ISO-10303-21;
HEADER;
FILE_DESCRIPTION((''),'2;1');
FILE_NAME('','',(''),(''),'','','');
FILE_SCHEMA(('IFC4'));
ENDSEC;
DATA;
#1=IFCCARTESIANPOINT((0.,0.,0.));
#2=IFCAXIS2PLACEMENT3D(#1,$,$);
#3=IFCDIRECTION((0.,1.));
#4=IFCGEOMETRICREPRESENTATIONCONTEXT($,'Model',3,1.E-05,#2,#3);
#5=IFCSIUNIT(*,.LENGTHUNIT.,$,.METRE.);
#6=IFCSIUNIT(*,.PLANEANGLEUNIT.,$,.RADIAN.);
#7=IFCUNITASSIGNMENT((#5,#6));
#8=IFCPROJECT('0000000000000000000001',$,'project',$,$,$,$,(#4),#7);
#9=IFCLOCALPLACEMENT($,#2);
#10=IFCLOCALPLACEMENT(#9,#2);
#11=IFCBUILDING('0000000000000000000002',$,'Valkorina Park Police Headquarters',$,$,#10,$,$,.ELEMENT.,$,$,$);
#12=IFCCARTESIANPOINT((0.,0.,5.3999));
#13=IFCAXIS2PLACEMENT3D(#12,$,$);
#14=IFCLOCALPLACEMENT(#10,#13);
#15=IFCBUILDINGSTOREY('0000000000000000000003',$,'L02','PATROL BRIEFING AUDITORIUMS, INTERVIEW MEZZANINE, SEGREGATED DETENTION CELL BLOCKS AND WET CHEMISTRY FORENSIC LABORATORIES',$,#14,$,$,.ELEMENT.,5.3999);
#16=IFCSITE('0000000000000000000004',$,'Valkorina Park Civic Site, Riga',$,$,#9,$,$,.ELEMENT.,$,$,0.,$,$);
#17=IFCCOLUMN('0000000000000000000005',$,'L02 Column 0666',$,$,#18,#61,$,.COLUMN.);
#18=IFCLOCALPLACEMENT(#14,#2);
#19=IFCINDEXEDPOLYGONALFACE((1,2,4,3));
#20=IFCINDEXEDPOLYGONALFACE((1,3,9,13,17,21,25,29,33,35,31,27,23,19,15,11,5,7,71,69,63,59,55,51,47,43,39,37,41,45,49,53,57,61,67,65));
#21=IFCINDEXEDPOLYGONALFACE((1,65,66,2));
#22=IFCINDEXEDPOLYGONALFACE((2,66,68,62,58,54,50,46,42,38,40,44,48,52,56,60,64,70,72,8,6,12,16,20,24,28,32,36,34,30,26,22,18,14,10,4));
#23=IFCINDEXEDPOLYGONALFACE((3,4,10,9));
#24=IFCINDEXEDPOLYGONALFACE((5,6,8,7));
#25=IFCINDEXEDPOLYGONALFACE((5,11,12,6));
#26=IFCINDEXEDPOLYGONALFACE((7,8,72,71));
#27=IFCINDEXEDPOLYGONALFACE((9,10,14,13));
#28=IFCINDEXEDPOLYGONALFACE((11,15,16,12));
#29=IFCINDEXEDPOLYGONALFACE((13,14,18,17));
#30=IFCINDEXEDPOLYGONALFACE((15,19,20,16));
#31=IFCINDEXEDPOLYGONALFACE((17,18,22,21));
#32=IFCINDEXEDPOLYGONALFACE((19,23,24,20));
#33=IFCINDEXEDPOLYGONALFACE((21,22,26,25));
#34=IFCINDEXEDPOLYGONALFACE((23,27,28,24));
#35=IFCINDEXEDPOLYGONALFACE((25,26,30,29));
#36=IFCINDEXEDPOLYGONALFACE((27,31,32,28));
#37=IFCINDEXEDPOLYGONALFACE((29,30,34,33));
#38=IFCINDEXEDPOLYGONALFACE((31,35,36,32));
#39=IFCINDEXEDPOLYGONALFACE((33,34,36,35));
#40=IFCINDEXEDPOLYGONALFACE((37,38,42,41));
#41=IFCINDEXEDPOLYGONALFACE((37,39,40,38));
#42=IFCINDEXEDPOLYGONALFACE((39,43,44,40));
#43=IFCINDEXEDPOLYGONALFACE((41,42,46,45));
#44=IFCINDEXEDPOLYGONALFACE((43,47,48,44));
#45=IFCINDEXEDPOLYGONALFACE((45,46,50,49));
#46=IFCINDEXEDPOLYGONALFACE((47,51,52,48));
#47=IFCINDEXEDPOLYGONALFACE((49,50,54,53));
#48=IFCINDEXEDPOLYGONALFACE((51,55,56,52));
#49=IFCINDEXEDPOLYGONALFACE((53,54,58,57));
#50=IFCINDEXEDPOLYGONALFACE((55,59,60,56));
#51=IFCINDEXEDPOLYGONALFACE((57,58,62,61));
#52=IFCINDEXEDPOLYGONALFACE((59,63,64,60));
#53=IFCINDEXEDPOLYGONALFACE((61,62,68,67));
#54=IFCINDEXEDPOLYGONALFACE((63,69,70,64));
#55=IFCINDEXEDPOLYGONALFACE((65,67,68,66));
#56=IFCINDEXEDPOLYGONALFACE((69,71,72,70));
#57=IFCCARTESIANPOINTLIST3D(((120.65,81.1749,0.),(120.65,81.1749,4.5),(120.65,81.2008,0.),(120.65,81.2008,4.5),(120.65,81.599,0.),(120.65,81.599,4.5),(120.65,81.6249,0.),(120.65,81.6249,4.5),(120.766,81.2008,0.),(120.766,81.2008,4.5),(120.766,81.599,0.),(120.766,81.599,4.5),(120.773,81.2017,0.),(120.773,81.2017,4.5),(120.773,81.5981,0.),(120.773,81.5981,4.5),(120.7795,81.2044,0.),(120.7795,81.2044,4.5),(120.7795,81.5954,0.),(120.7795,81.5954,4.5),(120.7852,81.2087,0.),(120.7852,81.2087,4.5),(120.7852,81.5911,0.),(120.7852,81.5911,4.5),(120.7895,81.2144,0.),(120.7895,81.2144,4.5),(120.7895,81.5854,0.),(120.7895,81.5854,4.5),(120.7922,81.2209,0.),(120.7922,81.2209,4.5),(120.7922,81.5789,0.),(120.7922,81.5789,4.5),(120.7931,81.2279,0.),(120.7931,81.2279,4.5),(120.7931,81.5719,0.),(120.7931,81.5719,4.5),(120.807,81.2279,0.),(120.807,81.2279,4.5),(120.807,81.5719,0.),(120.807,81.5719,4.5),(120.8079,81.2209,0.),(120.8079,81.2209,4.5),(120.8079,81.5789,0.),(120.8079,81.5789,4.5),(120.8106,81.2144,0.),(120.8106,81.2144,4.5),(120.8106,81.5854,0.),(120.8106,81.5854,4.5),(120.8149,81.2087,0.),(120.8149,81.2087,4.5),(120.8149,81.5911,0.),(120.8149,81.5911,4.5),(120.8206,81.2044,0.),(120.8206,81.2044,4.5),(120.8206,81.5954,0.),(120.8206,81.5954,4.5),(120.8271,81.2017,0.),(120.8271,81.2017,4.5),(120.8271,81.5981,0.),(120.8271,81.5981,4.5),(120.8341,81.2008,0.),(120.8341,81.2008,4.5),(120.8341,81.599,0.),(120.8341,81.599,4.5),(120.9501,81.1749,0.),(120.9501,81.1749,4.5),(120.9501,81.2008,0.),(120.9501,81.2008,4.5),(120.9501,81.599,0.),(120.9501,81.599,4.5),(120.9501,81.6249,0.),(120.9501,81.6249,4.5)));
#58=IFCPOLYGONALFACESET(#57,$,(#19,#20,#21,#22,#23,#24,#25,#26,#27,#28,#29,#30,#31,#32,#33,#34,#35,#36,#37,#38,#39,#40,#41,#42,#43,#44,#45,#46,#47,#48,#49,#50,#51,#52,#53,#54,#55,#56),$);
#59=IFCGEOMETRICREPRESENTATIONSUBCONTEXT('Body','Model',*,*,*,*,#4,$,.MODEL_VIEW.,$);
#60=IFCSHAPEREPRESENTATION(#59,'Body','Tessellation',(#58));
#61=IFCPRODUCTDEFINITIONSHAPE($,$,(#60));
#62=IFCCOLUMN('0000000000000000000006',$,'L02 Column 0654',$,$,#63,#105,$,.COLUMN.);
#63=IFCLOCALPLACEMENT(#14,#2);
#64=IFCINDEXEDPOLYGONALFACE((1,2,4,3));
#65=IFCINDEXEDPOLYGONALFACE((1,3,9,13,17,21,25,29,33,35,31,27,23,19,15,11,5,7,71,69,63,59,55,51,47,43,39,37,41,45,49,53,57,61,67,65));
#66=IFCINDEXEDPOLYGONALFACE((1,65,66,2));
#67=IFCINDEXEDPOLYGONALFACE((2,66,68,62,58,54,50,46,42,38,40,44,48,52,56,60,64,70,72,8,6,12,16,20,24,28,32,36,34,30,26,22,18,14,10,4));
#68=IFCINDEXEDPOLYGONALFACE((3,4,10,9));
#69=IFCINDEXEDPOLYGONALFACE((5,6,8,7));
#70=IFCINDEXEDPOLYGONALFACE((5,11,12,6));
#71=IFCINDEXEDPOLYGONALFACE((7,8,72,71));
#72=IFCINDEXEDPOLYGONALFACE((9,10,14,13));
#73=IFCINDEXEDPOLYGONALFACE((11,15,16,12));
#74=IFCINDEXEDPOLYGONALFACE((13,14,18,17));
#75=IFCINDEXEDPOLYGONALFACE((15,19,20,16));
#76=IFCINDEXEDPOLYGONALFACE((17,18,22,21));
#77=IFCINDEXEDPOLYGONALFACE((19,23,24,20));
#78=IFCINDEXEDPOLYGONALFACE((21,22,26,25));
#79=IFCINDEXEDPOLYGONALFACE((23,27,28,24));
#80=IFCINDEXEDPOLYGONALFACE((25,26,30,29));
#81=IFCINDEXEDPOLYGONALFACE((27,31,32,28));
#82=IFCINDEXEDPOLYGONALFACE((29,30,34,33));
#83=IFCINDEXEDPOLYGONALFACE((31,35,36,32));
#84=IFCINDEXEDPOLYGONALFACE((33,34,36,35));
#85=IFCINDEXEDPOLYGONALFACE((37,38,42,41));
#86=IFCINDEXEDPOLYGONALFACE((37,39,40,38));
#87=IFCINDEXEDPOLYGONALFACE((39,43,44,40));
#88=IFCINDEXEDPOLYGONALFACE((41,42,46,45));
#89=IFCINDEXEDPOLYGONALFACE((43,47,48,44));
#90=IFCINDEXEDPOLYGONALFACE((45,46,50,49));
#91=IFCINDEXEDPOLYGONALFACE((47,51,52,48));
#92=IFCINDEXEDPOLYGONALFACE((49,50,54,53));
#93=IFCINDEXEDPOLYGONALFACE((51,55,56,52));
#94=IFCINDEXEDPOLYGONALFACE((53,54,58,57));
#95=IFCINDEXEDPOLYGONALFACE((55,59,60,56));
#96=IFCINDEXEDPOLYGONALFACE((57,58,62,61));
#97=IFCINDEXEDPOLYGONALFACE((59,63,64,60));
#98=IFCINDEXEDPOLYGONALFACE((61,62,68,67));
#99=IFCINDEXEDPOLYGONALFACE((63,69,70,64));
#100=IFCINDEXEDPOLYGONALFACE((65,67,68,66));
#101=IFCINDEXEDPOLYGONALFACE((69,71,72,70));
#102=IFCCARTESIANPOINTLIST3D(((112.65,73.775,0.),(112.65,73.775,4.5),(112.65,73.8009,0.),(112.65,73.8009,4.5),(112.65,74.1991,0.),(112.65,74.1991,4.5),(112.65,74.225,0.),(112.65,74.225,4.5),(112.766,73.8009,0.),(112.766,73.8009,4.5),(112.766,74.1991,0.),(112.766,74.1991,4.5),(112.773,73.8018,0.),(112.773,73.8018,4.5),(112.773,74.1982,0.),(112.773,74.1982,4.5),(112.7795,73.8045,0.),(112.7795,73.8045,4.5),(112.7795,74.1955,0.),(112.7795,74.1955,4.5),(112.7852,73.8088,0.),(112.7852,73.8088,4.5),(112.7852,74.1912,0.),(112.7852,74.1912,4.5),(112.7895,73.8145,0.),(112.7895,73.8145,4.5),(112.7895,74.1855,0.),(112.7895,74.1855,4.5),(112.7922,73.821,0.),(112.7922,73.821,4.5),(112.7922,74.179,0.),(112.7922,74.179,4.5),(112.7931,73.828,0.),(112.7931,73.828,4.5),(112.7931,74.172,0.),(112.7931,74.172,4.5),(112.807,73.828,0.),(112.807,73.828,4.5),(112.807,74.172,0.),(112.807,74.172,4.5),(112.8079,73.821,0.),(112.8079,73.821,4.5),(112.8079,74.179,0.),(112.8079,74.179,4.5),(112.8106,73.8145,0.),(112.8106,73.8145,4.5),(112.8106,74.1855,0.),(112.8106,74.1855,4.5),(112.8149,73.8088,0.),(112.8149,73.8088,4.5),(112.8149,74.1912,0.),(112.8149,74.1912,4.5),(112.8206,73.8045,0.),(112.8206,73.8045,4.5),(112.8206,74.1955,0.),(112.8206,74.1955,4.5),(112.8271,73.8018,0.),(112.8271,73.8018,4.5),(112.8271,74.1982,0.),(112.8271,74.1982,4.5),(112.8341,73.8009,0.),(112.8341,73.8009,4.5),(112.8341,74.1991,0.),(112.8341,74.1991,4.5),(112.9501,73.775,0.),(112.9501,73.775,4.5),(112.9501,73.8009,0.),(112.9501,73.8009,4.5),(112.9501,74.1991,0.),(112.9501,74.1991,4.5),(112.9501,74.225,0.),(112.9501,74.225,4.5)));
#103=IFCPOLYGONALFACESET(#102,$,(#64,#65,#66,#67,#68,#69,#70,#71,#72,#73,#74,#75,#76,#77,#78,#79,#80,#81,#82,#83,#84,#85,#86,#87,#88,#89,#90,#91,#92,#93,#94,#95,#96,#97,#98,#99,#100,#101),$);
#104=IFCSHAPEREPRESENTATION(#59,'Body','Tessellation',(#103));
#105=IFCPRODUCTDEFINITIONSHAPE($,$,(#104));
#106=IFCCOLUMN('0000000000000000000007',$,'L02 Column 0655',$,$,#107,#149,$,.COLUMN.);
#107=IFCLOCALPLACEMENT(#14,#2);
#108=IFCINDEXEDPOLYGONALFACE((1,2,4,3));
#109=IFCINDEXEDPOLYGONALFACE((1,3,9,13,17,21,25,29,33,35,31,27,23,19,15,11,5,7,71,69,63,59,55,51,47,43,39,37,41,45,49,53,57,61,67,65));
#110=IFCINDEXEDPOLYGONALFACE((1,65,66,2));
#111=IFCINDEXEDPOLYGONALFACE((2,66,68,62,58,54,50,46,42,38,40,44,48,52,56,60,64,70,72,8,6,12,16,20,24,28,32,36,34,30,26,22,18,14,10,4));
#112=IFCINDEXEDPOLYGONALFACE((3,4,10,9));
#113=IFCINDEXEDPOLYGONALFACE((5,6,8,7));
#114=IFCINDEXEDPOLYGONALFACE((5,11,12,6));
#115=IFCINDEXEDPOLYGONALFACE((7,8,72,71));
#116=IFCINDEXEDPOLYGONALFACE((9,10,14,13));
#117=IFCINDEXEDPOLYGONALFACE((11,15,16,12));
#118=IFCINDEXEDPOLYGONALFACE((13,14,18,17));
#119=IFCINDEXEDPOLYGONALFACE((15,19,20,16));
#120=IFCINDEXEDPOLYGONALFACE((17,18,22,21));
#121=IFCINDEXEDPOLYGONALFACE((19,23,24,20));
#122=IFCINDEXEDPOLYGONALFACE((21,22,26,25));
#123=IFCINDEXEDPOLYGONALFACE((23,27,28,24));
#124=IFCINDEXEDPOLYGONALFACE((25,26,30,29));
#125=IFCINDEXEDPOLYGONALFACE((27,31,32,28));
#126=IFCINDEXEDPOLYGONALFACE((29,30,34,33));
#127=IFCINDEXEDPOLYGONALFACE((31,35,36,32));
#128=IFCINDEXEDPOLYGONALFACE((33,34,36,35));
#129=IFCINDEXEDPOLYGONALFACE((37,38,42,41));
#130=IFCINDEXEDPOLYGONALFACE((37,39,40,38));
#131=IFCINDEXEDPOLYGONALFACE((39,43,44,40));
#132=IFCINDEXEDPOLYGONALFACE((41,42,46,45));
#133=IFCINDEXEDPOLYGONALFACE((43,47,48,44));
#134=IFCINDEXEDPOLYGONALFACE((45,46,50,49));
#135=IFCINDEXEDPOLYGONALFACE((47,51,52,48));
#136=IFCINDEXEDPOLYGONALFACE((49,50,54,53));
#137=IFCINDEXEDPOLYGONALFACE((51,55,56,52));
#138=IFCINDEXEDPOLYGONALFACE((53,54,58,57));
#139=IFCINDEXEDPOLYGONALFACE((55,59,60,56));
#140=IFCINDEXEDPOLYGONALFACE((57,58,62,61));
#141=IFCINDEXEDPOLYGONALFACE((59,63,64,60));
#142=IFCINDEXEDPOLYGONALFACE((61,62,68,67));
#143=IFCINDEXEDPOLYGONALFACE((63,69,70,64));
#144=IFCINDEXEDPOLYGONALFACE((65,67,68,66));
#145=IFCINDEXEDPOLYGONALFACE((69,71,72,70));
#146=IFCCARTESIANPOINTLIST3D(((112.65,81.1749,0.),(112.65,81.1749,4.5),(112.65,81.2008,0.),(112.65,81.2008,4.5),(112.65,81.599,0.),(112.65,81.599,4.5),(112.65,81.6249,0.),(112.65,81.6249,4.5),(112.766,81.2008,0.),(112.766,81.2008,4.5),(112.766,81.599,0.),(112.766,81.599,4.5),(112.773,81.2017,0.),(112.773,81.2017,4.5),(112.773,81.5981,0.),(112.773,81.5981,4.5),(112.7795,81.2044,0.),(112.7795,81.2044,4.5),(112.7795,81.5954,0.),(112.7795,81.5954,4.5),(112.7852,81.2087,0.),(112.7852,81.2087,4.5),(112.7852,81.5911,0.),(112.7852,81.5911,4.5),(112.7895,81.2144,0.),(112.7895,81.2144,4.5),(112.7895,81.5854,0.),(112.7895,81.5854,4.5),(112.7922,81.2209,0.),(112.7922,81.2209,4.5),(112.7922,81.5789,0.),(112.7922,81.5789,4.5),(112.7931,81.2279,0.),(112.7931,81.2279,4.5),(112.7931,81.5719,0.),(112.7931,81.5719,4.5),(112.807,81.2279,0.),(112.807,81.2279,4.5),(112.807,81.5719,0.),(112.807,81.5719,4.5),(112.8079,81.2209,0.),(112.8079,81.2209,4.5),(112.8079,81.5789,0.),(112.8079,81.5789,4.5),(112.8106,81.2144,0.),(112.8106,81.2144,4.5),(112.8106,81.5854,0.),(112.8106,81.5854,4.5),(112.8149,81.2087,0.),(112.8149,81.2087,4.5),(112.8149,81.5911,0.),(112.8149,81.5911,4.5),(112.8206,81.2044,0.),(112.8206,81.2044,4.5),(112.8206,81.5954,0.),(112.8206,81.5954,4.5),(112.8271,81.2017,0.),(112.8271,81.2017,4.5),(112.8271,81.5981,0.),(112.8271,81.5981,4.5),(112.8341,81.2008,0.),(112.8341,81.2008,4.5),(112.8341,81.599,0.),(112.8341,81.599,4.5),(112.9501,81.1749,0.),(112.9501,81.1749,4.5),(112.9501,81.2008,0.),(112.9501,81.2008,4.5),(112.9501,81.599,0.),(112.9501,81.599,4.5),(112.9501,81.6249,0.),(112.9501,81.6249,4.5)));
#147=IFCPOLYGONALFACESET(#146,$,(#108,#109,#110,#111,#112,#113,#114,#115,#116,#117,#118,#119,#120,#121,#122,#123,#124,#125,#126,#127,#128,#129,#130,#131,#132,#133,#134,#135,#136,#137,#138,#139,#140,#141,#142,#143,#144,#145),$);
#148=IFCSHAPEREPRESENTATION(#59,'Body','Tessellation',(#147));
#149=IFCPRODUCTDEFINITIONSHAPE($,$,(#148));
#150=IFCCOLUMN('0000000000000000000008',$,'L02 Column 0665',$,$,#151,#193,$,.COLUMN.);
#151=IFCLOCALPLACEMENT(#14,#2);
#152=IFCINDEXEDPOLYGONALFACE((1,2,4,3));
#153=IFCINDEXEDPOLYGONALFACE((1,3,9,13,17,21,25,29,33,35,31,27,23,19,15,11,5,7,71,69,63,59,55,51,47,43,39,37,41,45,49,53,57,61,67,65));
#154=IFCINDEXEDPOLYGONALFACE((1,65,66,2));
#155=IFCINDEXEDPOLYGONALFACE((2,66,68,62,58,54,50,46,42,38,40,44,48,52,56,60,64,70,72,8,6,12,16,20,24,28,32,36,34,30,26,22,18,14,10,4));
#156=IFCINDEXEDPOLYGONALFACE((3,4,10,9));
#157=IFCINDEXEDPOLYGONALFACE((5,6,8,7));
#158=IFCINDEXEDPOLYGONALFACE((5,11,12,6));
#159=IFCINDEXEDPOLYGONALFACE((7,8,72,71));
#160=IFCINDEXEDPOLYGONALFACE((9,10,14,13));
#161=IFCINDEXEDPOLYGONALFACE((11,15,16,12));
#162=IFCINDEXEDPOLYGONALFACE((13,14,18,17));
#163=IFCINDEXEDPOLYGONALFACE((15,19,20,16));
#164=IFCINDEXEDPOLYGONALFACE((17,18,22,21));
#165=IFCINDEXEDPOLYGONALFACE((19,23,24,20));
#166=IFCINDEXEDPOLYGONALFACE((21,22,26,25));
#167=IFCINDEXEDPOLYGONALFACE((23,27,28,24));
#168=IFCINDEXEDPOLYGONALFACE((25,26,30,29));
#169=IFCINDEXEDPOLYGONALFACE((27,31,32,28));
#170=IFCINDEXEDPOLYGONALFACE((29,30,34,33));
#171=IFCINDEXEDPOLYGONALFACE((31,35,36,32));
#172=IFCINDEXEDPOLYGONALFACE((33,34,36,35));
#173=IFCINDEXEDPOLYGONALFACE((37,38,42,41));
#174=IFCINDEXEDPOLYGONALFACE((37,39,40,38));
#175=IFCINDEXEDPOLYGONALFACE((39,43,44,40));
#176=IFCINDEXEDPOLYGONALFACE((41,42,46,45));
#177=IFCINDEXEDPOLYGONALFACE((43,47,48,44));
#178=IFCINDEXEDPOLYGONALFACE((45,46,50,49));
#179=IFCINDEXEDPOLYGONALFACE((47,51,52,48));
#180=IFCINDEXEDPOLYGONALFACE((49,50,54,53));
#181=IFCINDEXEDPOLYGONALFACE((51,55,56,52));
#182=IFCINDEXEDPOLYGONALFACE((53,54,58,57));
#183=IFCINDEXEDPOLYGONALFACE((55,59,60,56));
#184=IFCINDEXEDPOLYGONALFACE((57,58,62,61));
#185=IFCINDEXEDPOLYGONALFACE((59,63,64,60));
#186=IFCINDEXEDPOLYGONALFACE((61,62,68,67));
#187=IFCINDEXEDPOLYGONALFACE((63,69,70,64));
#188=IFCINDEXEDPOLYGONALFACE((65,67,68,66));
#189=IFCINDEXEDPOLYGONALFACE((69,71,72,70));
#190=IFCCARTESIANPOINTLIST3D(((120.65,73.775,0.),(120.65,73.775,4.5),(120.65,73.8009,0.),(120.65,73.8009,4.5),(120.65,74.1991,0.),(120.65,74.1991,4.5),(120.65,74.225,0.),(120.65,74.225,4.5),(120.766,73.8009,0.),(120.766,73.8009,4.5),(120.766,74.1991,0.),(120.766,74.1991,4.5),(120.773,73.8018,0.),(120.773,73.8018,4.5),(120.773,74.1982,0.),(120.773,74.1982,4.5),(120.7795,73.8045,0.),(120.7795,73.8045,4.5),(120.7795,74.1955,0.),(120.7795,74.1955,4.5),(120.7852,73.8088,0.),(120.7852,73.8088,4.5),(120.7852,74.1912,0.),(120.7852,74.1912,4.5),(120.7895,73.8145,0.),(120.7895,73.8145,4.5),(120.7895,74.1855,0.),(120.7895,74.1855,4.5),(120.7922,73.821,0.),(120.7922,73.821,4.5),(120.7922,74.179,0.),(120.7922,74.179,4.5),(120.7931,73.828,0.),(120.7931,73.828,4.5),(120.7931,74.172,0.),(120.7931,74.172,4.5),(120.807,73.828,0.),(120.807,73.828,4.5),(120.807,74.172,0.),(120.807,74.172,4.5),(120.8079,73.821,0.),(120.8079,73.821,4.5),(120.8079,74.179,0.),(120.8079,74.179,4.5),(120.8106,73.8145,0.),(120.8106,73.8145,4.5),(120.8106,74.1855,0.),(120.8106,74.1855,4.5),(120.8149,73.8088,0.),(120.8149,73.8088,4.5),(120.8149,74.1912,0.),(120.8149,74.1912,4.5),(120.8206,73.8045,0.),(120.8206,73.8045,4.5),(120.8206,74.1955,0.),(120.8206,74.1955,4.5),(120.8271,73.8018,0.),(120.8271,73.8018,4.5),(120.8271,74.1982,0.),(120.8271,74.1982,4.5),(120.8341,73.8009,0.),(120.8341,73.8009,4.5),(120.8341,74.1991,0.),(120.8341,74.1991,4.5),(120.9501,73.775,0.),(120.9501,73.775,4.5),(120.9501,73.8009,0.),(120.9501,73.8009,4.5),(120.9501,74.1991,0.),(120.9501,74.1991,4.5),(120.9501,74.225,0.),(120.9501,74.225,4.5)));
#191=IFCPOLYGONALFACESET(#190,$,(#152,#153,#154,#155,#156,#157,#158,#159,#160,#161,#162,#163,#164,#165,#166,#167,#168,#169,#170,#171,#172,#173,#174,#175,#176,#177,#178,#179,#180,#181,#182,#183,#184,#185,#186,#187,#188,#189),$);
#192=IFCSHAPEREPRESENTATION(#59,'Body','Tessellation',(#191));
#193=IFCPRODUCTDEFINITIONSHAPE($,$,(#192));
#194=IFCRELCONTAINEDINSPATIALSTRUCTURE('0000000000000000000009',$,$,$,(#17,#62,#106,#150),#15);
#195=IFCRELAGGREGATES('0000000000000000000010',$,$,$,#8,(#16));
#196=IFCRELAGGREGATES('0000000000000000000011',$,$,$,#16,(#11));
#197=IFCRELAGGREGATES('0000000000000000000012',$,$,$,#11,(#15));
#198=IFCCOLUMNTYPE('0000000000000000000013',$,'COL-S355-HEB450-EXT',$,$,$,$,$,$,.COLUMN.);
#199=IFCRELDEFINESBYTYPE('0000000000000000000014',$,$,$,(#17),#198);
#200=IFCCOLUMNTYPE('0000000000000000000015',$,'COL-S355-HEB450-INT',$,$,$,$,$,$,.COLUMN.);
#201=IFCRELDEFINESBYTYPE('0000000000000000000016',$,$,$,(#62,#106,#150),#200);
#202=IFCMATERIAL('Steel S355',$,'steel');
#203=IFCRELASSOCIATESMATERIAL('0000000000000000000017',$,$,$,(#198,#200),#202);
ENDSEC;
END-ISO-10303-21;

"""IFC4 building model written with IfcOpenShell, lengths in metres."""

from ifc_helpers import new_model, si_unit, direction, frame, origin, origin_2d, place, context, subcontext, project, spatial, i_section, extrude, material, material_profile, profile_set, type_object, element, save


model = new_model("IFC4")

# Units and contexts
model_context = context("Model", 3, precision=1e-05, world=origin(), true_north=direction((0.0, 1.0)))
body_context = subcontext(model_context, "Body", "Model", "MODEL_VIEW")
ifc_project = project(units=[si_unit("LENGTHUNIT", "METRE"), si_unit("PLANEANGLEUNIT", "RADIAN")], contexts=[model_context])

# Site, building, storey
site_placement = place(None, origin())
site = spatial("IfcSite", under=ifc_project, at=site_placement, Name="Valkorina Park Civic Site, Riga", CompositionType="ELEMENT", RefElevation=0.0)
building_placement = place(site_placement, origin())
building = spatial("IfcBuilding", under=site, at=building_placement, Name="Valkorina Park Police Headquarters", CompositionType="ELEMENT")
storey_placement = place(building_placement, frame((0.0, 0.0, 5.3999)))
storey = spatial("IfcBuildingStorey", under=building, at=storey_placement, Name="L02", Description="PATROL BRIEFING AUDITORIUMS, INTERVIEW MEZZANINE, SEGREGATED DETENTION CELL BLOCKS AND WET CHEMISTRY FORENSIC LABORATORIES", CompositionType="ELEMENT", Elevation=5.3999)

# Columns
ifc_material_1 = material(Name="Steel S355", Category="steel")
ifc_material_profile_1 = material_profile(ifc_material_1, i_section(OverallWidth=0.3, OverallDepth=0.45, WebThickness=0.0139, FlangeThickness=0.0259, FilletRadius=0.0271, at=origin_2d()), Name="HEB 450")
ifc_profile_set_1 = profile_set([ifc_material_profile_1], Name="Steel S355")
column_type_1 = type_object("IfcColumnType", Name="COL-S355-HEB450-EXT", PredefinedType="COLUMN", material=ifc_profile_set_1)
column_placement = place(storey_placement, frame((120.8, 81.3999, 0.0), z_axis=(0.0, 0.0, 1.0), x_axis=(1.0, 0.0, 0.0)))
element("IfcColumn", 1, at=column_placement, inside=storey, type_object=column_type_1, Name="L02 Column 0666", PredefinedType="COLUMN", context=body_context, shape_type="SweptSolid", body=[
    extrude(i_section(OverallWidth=0.3, OverallDepth=0.45, WebThickness=0.0139, FlangeThickness=0.0259, FilletRadius=0.0271, at=origin_2d()), origin(), (0.0, 0.0, 1.0), 4.5),
])
ifc_material_profile_2 = material_profile(ifc_material_1, i_section(OverallWidth=0.3, OverallDepth=0.45, WebThickness=0.0139, FlangeThickness=0.0259, FilletRadius=0.0271, at=origin_2d()), Name="HEB 450")
ifc_profile_set_2 = profile_set([ifc_material_profile_2], Name="Steel S355")
column_type_2 = type_object("IfcColumnType", Name="COL-S355-HEB450-INT", PredefinedType="COLUMN", material=ifc_profile_set_2)
for number, where, z_axis, x_axis, name in (
    (2, (112.8, 74.0, 0.0), (0.0, 0.0, 1.0), (1.0, 0.0, 0.0), "L02 Column 0654"),
    (3, (112.8, 81.3999, 0.0), (0.0, 0.0, 1.0), (1.0, 0.0, 0.0), "L02 Column 0655"),
    (4, (120.8, 74.0, 0.0), (0.0, 0.0, 1.0), (1.0, 0.0, 0.0), "L02 Column 0665"),
):
    element("IfcColumn", number, at=place(storey_placement, frame(where, z_axis=z_axis, x_axis=x_axis)), inside=storey, type_object=column_type_2, Name=name, PredefinedType="COLUMN", context=body_context, shape_type="SweptSolid", body=[
        extrude(i_section(OverallWidth=0.3, OverallDepth=0.45, WebThickness=0.0139, FlangeThickness=0.0259, FilletRadius=0.0271, at=origin_2d()), origin(), (0.0, 0.0, 1.0), 4.5),
    ])

save(model, "model.ifc")
